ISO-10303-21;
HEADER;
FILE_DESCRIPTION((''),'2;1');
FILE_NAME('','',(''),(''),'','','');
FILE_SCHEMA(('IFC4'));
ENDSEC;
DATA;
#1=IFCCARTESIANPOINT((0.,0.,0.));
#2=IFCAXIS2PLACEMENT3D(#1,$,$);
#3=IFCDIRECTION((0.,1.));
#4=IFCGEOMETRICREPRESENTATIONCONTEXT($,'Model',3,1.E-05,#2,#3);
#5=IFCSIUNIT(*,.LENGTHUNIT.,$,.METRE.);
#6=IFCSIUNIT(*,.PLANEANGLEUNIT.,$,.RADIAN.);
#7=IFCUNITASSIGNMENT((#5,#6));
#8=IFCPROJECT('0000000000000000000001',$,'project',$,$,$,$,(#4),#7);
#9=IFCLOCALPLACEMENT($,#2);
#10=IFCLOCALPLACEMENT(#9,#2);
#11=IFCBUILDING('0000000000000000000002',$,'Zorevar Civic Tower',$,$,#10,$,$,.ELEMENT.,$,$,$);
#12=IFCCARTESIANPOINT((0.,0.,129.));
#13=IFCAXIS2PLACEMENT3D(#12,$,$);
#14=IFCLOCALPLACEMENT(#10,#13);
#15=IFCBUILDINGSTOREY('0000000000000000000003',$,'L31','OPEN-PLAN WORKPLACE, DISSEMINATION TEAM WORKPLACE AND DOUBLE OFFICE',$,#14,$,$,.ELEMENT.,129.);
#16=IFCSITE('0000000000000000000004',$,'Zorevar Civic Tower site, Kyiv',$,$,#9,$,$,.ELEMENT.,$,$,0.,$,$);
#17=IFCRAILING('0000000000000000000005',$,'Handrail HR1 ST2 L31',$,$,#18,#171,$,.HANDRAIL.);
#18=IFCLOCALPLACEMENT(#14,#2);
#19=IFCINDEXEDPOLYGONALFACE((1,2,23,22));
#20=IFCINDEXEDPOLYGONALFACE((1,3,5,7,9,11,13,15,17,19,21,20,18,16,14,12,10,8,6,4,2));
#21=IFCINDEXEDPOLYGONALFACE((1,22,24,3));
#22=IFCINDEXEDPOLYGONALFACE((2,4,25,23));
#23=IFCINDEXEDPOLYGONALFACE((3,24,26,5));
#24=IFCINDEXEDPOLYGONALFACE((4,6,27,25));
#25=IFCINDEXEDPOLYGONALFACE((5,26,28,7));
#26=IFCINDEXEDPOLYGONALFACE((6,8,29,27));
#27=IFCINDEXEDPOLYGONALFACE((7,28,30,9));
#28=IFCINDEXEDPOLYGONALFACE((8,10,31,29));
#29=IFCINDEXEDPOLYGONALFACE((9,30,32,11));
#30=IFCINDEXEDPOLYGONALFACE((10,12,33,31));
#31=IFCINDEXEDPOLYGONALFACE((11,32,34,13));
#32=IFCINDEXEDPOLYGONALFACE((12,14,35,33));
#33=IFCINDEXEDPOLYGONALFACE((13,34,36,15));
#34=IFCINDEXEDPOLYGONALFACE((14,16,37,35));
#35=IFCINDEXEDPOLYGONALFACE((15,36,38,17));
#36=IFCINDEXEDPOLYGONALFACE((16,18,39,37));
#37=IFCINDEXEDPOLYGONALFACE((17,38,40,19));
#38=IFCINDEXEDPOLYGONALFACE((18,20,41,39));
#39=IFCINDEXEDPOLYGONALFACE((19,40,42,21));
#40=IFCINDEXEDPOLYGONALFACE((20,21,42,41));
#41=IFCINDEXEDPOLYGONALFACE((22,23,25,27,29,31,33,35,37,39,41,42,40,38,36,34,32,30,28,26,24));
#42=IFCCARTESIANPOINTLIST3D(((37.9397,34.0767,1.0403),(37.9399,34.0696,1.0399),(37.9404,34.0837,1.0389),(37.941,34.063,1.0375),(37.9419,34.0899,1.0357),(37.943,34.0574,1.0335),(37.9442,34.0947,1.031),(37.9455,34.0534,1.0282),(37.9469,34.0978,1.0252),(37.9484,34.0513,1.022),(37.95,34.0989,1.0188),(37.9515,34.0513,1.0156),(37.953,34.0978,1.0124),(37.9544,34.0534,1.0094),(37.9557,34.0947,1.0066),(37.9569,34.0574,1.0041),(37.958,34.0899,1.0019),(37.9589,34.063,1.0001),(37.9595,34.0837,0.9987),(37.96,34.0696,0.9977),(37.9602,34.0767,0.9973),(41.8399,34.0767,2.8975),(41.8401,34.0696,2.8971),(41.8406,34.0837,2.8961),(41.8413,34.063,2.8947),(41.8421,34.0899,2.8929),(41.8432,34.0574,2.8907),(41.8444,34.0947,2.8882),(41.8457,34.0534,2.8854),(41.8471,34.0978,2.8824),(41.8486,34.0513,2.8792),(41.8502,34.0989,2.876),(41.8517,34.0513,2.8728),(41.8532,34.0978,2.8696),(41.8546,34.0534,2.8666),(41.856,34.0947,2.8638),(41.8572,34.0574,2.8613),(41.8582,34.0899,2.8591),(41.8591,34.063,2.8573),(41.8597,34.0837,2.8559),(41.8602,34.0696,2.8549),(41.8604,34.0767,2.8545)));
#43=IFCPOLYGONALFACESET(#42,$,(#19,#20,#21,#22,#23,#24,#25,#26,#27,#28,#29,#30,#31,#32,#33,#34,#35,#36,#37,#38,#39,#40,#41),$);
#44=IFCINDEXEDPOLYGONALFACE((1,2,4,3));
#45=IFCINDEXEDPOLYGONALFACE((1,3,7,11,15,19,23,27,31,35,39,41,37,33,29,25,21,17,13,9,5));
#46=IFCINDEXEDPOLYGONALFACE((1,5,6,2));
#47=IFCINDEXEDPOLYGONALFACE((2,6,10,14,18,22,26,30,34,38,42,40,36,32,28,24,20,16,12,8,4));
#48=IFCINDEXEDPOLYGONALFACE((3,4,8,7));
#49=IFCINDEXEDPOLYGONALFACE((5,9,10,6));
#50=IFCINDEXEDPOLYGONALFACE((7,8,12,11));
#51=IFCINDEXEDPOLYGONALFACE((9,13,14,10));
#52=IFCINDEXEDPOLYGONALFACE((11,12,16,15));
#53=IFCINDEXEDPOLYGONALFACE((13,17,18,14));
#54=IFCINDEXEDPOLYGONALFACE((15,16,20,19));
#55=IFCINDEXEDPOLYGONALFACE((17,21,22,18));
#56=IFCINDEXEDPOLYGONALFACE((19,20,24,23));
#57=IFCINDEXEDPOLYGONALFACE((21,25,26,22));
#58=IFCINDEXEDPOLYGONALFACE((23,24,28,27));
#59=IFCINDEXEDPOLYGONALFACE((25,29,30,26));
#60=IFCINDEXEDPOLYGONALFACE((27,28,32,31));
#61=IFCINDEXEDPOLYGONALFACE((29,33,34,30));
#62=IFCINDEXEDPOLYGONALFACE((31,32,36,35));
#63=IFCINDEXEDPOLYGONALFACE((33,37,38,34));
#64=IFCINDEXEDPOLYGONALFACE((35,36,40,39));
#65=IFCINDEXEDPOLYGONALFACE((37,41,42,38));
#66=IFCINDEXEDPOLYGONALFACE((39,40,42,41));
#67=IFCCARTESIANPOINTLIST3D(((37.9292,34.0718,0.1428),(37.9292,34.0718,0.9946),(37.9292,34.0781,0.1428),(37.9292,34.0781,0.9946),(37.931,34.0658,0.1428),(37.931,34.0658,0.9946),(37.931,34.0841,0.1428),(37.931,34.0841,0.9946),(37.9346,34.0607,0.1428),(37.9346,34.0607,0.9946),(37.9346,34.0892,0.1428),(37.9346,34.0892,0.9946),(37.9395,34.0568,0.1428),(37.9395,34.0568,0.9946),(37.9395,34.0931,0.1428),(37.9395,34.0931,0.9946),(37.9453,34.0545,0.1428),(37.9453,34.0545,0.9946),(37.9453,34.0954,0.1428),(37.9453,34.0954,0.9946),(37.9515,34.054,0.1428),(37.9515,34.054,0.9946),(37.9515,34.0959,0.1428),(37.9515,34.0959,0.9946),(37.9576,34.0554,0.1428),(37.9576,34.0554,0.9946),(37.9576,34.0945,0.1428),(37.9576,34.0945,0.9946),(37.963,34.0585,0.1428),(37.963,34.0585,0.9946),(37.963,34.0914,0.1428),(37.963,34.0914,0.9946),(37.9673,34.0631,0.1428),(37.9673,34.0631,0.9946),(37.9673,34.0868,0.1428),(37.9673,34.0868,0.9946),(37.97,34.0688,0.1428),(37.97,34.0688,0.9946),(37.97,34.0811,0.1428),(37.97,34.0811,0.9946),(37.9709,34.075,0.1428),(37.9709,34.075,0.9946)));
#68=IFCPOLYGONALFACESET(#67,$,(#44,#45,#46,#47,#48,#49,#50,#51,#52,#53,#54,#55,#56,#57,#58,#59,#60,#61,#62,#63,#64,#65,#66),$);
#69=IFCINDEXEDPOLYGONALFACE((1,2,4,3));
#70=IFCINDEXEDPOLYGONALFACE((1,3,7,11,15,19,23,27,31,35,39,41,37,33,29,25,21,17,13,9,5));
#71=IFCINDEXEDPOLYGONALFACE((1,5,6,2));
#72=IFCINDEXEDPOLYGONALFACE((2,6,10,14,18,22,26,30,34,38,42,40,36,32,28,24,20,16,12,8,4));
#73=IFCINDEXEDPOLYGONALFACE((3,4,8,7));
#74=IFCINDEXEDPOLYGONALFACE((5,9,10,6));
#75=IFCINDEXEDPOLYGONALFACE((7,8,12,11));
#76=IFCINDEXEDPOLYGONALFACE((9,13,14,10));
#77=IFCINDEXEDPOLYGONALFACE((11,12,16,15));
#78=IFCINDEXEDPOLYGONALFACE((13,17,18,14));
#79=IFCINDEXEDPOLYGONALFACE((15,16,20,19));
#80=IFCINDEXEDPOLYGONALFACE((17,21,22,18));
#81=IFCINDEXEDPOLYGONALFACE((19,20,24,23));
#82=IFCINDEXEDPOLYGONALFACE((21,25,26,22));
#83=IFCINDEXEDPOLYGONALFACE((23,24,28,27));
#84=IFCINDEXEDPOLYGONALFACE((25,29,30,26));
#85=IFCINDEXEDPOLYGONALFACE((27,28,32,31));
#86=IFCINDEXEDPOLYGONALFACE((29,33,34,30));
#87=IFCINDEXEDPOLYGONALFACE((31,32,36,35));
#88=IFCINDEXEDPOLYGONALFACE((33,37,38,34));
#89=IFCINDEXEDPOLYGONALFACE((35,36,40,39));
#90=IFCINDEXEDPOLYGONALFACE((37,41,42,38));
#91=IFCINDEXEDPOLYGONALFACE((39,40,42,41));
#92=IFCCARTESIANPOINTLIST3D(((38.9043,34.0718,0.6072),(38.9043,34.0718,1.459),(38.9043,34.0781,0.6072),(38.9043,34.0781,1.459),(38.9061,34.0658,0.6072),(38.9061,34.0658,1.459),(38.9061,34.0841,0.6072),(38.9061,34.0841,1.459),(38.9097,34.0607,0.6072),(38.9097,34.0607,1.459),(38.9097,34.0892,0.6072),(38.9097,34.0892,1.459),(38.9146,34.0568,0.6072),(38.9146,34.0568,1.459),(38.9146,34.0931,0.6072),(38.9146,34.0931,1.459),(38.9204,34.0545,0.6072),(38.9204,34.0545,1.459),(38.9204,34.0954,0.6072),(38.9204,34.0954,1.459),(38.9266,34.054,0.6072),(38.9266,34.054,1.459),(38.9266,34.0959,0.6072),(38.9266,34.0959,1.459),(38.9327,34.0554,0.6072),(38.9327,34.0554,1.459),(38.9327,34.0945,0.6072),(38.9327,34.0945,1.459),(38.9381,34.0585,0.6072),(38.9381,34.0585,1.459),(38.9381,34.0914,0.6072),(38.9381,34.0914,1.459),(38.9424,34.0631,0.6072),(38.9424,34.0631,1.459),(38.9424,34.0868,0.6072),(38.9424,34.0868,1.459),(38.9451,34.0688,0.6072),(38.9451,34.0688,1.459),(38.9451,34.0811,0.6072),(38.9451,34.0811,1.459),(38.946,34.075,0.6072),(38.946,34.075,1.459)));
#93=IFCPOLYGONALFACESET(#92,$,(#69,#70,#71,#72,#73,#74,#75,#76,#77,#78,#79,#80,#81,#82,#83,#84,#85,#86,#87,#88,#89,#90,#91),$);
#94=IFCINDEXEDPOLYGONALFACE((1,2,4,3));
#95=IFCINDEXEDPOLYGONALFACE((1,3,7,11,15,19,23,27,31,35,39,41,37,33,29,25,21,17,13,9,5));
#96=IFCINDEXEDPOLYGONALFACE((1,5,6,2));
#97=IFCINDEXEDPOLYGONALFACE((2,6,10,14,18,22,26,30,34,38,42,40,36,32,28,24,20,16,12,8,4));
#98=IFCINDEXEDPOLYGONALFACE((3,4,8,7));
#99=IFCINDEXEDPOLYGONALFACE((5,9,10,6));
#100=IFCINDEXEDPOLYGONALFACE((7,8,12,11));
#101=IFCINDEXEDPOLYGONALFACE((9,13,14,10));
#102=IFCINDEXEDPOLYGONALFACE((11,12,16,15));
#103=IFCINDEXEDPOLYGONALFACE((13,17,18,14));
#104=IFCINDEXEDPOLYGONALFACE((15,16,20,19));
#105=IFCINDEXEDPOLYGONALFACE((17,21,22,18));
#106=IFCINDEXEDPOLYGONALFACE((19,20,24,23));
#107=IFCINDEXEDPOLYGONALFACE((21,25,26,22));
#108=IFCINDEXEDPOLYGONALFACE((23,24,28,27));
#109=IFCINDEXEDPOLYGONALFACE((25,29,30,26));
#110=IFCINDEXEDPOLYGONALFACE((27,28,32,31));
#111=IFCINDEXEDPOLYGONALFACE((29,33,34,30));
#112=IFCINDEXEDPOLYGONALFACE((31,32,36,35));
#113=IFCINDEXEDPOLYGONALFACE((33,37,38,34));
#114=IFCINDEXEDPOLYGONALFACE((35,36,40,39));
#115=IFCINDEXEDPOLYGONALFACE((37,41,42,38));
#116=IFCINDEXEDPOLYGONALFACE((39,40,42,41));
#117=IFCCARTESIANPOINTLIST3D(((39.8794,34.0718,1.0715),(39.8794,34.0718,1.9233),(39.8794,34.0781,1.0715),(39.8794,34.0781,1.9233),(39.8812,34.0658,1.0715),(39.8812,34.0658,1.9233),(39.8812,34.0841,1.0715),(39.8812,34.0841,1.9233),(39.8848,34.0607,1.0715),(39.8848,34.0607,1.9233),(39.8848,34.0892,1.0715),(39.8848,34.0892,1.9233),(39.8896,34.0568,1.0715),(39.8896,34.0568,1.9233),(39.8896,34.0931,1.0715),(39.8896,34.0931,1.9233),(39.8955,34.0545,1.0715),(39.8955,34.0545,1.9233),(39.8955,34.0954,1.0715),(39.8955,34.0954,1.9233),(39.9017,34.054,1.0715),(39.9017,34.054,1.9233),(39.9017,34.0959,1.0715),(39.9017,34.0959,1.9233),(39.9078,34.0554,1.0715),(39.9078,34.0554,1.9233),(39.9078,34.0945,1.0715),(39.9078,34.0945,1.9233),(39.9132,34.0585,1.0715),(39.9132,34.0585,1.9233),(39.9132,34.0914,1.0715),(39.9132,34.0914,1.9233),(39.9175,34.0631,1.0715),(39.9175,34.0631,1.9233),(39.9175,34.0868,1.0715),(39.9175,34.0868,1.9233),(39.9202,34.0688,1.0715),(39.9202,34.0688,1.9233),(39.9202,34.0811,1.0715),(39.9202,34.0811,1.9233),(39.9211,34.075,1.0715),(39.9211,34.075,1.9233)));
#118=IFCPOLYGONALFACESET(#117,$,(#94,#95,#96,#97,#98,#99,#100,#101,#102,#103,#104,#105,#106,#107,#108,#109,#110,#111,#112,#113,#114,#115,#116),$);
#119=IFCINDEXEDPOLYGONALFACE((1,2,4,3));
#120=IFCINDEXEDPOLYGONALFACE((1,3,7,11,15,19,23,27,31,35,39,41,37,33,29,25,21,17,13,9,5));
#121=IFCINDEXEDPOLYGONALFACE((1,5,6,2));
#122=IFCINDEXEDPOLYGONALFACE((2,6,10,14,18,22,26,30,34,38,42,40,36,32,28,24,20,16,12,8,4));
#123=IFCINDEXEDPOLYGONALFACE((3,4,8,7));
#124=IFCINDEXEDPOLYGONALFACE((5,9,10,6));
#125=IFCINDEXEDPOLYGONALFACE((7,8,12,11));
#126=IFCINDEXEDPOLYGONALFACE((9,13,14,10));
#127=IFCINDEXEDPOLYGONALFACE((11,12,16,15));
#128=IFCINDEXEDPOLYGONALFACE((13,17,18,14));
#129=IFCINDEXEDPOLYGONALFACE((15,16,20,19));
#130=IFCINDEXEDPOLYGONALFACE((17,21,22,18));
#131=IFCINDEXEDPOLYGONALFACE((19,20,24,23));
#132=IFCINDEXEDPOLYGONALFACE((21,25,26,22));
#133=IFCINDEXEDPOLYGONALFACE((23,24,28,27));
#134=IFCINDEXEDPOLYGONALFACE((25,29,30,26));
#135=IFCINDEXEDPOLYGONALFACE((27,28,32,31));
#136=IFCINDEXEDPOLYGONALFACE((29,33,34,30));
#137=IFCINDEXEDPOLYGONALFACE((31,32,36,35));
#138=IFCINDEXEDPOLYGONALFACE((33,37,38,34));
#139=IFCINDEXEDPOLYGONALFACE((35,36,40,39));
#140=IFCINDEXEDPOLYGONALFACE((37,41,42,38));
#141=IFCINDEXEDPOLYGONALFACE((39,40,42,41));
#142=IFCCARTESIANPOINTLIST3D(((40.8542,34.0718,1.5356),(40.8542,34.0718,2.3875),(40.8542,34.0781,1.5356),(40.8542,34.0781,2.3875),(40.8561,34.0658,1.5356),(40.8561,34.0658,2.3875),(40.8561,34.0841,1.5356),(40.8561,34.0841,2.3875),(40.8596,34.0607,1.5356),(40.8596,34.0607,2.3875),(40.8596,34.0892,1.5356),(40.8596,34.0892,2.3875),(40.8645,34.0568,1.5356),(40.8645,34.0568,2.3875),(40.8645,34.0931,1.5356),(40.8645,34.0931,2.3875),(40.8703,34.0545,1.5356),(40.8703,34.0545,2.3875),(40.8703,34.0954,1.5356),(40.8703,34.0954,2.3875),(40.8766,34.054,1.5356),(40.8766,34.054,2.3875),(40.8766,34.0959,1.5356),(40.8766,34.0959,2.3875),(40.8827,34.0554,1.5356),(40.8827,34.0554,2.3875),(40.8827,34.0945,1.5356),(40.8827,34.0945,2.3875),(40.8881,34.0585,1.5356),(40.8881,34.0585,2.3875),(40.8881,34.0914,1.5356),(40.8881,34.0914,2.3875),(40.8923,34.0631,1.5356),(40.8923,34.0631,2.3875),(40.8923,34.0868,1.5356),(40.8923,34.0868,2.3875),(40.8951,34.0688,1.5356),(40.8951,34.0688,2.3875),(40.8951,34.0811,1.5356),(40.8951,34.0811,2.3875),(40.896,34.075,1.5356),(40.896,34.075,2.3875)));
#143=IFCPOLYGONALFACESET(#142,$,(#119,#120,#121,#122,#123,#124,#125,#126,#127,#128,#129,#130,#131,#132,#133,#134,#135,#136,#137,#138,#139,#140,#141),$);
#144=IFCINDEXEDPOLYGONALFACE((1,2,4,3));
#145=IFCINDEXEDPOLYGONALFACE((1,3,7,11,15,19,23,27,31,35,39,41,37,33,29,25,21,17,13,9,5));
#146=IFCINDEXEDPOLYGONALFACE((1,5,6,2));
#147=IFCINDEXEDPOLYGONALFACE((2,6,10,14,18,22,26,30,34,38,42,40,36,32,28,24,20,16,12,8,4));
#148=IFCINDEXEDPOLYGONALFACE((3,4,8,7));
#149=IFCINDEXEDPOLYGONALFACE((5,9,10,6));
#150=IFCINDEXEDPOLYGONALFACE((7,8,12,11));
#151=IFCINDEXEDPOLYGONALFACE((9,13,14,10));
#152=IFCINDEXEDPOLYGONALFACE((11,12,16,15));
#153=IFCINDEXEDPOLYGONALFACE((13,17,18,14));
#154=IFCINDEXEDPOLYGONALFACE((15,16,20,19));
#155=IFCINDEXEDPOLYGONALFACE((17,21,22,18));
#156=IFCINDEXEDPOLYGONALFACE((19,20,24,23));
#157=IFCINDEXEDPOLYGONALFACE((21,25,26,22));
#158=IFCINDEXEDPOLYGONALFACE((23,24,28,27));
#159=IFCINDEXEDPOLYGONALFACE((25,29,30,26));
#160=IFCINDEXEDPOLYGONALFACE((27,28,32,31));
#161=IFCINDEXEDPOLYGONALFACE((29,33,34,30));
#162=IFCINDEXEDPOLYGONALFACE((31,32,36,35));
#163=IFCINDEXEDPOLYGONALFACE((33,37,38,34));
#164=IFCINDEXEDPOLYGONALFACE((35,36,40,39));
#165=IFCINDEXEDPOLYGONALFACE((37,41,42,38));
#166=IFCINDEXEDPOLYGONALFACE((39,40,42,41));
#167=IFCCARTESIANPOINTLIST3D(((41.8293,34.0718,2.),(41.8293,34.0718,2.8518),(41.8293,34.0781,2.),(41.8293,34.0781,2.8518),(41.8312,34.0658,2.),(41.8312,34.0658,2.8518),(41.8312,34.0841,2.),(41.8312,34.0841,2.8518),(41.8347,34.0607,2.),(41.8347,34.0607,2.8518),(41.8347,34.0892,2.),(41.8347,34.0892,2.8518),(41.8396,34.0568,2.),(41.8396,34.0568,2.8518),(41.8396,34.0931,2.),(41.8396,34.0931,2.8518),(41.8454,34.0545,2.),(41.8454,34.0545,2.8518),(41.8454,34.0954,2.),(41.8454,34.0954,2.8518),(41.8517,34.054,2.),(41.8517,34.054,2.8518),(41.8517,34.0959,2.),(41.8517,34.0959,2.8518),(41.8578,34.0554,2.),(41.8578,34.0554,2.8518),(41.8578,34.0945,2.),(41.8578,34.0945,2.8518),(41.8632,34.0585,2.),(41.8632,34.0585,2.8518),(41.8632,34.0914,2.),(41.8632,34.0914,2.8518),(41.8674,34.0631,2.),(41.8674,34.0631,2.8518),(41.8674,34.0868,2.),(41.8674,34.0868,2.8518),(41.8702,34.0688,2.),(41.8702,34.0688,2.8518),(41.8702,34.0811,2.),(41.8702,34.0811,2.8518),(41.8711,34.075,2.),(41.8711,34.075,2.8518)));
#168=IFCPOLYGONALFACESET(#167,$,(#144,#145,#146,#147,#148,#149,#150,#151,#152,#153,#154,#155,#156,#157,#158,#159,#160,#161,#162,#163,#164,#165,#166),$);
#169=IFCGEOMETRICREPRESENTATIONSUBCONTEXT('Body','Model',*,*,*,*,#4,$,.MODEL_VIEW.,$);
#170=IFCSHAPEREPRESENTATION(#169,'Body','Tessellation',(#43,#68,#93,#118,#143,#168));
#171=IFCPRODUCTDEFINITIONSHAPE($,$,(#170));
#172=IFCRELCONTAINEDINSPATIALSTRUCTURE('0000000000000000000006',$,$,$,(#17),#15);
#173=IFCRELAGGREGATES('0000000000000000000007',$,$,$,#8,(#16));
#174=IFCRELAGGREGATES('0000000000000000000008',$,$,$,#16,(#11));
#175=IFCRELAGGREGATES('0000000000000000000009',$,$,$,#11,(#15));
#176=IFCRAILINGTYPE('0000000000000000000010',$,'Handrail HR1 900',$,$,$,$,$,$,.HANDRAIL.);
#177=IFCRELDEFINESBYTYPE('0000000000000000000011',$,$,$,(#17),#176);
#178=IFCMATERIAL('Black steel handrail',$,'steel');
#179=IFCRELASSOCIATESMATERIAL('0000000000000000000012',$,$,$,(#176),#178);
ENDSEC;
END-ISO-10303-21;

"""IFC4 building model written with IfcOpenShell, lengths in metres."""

from ifc_helpers import new_model, si_unit, direction, frame, origin, origin_2d, place, context, subcontext, project, spatial, circle, extrude, material, type_object, element, save


model = new_model("IFC4")

# Units and contexts
model_context = context("Model", 3, precision=1e-05, world=origin(), true_north=direction((0.0, 1.0)))
body_context = subcontext(model_context, "Body", "Model", "MODEL_VIEW")
ifc_project = project(units=[si_unit("LENGTHUNIT", "METRE"), si_unit("PLANEANGLEUNIT", "RADIAN")], contexts=[model_context])

# Site, building, storey
site_placement = place(None, origin())
site = spatial("IfcSite", under=ifc_project, at=site_placement, Name="Zorevar Civic Tower site, Kyiv", CompositionType="ELEMENT", RefElevation=0.0)
building_placement = place(site_placement, origin())
building = spatial("IfcBuilding", under=site, at=building_placement, Name="Zorevar Civic Tower", CompositionType="ELEMENT")
storey_placement = place(building_placement, frame((0.0, 0.0, 129.0)))
storey = spatial("IfcBuildingStorey", under=building, at=storey_placement, Name="L31", Description="OPEN-PLAN WORKPLACE, DISSEMINATION TEAM WORKPLACE AND DOUBLE OFFICE", CompositionType="ELEMENT", Elevation=129.0)

# Railing
ifc_material_1 = material(Name="Black steel handrail", Category="steel")
railing_type = type_object("IfcRailingType", Name="Handrail HR1 900", PredefinedType="HANDRAIL", material=ifc_material_1)
railing_placement = place(storey_placement, frame((37.95, 34.075, 0.1428)))
element("IfcRailing", 1, at=railing_placement, inside=storey, type_object=railing_type, Name="Handrail HR1 ST2 L31", PredefinedType="HANDRAIL", context=body_context, shape_type="SweptSolid", body=[
    extrude(circle(Radius=0.0239, at=origin_2d()), frame((0.0, 0.0, 0.876), z_axis=(0.902864, 0.0, 0.429927), x_axis=(0.0, 1.0, 0.0)), (0.0, 0.0, 1.0), 4.3198),
    extrude(circle(Radius=0.021, at=origin_2d()), origin(), (0.0, 0.0, 1.0), 0.8518),
    extrude(circle(Radius=0.021, at=origin_2d()), frame((0.9751, 0.0, 0.4644)), (0.0, 0.0, 1.0), 0.8518),
    extrude(circle(Radius=0.021, at=origin_2d()), frame((1.9502, 0.0, 0.9287)), (0.0, 0.0, 1.0), 0.8518),
    extrude(circle(Radius=0.021, at=origin_2d()), frame((2.925, 0.0, 1.3928)), (0.0, 0.0, 1.0), 0.8518),
    extrude(circle(Radius=0.021, at=origin_2d()), frame((3.9001, 0.0, 1.8572)), (0.0, 0.0, 1.0), 0.8518),
])

save(model, "model.ifc")
